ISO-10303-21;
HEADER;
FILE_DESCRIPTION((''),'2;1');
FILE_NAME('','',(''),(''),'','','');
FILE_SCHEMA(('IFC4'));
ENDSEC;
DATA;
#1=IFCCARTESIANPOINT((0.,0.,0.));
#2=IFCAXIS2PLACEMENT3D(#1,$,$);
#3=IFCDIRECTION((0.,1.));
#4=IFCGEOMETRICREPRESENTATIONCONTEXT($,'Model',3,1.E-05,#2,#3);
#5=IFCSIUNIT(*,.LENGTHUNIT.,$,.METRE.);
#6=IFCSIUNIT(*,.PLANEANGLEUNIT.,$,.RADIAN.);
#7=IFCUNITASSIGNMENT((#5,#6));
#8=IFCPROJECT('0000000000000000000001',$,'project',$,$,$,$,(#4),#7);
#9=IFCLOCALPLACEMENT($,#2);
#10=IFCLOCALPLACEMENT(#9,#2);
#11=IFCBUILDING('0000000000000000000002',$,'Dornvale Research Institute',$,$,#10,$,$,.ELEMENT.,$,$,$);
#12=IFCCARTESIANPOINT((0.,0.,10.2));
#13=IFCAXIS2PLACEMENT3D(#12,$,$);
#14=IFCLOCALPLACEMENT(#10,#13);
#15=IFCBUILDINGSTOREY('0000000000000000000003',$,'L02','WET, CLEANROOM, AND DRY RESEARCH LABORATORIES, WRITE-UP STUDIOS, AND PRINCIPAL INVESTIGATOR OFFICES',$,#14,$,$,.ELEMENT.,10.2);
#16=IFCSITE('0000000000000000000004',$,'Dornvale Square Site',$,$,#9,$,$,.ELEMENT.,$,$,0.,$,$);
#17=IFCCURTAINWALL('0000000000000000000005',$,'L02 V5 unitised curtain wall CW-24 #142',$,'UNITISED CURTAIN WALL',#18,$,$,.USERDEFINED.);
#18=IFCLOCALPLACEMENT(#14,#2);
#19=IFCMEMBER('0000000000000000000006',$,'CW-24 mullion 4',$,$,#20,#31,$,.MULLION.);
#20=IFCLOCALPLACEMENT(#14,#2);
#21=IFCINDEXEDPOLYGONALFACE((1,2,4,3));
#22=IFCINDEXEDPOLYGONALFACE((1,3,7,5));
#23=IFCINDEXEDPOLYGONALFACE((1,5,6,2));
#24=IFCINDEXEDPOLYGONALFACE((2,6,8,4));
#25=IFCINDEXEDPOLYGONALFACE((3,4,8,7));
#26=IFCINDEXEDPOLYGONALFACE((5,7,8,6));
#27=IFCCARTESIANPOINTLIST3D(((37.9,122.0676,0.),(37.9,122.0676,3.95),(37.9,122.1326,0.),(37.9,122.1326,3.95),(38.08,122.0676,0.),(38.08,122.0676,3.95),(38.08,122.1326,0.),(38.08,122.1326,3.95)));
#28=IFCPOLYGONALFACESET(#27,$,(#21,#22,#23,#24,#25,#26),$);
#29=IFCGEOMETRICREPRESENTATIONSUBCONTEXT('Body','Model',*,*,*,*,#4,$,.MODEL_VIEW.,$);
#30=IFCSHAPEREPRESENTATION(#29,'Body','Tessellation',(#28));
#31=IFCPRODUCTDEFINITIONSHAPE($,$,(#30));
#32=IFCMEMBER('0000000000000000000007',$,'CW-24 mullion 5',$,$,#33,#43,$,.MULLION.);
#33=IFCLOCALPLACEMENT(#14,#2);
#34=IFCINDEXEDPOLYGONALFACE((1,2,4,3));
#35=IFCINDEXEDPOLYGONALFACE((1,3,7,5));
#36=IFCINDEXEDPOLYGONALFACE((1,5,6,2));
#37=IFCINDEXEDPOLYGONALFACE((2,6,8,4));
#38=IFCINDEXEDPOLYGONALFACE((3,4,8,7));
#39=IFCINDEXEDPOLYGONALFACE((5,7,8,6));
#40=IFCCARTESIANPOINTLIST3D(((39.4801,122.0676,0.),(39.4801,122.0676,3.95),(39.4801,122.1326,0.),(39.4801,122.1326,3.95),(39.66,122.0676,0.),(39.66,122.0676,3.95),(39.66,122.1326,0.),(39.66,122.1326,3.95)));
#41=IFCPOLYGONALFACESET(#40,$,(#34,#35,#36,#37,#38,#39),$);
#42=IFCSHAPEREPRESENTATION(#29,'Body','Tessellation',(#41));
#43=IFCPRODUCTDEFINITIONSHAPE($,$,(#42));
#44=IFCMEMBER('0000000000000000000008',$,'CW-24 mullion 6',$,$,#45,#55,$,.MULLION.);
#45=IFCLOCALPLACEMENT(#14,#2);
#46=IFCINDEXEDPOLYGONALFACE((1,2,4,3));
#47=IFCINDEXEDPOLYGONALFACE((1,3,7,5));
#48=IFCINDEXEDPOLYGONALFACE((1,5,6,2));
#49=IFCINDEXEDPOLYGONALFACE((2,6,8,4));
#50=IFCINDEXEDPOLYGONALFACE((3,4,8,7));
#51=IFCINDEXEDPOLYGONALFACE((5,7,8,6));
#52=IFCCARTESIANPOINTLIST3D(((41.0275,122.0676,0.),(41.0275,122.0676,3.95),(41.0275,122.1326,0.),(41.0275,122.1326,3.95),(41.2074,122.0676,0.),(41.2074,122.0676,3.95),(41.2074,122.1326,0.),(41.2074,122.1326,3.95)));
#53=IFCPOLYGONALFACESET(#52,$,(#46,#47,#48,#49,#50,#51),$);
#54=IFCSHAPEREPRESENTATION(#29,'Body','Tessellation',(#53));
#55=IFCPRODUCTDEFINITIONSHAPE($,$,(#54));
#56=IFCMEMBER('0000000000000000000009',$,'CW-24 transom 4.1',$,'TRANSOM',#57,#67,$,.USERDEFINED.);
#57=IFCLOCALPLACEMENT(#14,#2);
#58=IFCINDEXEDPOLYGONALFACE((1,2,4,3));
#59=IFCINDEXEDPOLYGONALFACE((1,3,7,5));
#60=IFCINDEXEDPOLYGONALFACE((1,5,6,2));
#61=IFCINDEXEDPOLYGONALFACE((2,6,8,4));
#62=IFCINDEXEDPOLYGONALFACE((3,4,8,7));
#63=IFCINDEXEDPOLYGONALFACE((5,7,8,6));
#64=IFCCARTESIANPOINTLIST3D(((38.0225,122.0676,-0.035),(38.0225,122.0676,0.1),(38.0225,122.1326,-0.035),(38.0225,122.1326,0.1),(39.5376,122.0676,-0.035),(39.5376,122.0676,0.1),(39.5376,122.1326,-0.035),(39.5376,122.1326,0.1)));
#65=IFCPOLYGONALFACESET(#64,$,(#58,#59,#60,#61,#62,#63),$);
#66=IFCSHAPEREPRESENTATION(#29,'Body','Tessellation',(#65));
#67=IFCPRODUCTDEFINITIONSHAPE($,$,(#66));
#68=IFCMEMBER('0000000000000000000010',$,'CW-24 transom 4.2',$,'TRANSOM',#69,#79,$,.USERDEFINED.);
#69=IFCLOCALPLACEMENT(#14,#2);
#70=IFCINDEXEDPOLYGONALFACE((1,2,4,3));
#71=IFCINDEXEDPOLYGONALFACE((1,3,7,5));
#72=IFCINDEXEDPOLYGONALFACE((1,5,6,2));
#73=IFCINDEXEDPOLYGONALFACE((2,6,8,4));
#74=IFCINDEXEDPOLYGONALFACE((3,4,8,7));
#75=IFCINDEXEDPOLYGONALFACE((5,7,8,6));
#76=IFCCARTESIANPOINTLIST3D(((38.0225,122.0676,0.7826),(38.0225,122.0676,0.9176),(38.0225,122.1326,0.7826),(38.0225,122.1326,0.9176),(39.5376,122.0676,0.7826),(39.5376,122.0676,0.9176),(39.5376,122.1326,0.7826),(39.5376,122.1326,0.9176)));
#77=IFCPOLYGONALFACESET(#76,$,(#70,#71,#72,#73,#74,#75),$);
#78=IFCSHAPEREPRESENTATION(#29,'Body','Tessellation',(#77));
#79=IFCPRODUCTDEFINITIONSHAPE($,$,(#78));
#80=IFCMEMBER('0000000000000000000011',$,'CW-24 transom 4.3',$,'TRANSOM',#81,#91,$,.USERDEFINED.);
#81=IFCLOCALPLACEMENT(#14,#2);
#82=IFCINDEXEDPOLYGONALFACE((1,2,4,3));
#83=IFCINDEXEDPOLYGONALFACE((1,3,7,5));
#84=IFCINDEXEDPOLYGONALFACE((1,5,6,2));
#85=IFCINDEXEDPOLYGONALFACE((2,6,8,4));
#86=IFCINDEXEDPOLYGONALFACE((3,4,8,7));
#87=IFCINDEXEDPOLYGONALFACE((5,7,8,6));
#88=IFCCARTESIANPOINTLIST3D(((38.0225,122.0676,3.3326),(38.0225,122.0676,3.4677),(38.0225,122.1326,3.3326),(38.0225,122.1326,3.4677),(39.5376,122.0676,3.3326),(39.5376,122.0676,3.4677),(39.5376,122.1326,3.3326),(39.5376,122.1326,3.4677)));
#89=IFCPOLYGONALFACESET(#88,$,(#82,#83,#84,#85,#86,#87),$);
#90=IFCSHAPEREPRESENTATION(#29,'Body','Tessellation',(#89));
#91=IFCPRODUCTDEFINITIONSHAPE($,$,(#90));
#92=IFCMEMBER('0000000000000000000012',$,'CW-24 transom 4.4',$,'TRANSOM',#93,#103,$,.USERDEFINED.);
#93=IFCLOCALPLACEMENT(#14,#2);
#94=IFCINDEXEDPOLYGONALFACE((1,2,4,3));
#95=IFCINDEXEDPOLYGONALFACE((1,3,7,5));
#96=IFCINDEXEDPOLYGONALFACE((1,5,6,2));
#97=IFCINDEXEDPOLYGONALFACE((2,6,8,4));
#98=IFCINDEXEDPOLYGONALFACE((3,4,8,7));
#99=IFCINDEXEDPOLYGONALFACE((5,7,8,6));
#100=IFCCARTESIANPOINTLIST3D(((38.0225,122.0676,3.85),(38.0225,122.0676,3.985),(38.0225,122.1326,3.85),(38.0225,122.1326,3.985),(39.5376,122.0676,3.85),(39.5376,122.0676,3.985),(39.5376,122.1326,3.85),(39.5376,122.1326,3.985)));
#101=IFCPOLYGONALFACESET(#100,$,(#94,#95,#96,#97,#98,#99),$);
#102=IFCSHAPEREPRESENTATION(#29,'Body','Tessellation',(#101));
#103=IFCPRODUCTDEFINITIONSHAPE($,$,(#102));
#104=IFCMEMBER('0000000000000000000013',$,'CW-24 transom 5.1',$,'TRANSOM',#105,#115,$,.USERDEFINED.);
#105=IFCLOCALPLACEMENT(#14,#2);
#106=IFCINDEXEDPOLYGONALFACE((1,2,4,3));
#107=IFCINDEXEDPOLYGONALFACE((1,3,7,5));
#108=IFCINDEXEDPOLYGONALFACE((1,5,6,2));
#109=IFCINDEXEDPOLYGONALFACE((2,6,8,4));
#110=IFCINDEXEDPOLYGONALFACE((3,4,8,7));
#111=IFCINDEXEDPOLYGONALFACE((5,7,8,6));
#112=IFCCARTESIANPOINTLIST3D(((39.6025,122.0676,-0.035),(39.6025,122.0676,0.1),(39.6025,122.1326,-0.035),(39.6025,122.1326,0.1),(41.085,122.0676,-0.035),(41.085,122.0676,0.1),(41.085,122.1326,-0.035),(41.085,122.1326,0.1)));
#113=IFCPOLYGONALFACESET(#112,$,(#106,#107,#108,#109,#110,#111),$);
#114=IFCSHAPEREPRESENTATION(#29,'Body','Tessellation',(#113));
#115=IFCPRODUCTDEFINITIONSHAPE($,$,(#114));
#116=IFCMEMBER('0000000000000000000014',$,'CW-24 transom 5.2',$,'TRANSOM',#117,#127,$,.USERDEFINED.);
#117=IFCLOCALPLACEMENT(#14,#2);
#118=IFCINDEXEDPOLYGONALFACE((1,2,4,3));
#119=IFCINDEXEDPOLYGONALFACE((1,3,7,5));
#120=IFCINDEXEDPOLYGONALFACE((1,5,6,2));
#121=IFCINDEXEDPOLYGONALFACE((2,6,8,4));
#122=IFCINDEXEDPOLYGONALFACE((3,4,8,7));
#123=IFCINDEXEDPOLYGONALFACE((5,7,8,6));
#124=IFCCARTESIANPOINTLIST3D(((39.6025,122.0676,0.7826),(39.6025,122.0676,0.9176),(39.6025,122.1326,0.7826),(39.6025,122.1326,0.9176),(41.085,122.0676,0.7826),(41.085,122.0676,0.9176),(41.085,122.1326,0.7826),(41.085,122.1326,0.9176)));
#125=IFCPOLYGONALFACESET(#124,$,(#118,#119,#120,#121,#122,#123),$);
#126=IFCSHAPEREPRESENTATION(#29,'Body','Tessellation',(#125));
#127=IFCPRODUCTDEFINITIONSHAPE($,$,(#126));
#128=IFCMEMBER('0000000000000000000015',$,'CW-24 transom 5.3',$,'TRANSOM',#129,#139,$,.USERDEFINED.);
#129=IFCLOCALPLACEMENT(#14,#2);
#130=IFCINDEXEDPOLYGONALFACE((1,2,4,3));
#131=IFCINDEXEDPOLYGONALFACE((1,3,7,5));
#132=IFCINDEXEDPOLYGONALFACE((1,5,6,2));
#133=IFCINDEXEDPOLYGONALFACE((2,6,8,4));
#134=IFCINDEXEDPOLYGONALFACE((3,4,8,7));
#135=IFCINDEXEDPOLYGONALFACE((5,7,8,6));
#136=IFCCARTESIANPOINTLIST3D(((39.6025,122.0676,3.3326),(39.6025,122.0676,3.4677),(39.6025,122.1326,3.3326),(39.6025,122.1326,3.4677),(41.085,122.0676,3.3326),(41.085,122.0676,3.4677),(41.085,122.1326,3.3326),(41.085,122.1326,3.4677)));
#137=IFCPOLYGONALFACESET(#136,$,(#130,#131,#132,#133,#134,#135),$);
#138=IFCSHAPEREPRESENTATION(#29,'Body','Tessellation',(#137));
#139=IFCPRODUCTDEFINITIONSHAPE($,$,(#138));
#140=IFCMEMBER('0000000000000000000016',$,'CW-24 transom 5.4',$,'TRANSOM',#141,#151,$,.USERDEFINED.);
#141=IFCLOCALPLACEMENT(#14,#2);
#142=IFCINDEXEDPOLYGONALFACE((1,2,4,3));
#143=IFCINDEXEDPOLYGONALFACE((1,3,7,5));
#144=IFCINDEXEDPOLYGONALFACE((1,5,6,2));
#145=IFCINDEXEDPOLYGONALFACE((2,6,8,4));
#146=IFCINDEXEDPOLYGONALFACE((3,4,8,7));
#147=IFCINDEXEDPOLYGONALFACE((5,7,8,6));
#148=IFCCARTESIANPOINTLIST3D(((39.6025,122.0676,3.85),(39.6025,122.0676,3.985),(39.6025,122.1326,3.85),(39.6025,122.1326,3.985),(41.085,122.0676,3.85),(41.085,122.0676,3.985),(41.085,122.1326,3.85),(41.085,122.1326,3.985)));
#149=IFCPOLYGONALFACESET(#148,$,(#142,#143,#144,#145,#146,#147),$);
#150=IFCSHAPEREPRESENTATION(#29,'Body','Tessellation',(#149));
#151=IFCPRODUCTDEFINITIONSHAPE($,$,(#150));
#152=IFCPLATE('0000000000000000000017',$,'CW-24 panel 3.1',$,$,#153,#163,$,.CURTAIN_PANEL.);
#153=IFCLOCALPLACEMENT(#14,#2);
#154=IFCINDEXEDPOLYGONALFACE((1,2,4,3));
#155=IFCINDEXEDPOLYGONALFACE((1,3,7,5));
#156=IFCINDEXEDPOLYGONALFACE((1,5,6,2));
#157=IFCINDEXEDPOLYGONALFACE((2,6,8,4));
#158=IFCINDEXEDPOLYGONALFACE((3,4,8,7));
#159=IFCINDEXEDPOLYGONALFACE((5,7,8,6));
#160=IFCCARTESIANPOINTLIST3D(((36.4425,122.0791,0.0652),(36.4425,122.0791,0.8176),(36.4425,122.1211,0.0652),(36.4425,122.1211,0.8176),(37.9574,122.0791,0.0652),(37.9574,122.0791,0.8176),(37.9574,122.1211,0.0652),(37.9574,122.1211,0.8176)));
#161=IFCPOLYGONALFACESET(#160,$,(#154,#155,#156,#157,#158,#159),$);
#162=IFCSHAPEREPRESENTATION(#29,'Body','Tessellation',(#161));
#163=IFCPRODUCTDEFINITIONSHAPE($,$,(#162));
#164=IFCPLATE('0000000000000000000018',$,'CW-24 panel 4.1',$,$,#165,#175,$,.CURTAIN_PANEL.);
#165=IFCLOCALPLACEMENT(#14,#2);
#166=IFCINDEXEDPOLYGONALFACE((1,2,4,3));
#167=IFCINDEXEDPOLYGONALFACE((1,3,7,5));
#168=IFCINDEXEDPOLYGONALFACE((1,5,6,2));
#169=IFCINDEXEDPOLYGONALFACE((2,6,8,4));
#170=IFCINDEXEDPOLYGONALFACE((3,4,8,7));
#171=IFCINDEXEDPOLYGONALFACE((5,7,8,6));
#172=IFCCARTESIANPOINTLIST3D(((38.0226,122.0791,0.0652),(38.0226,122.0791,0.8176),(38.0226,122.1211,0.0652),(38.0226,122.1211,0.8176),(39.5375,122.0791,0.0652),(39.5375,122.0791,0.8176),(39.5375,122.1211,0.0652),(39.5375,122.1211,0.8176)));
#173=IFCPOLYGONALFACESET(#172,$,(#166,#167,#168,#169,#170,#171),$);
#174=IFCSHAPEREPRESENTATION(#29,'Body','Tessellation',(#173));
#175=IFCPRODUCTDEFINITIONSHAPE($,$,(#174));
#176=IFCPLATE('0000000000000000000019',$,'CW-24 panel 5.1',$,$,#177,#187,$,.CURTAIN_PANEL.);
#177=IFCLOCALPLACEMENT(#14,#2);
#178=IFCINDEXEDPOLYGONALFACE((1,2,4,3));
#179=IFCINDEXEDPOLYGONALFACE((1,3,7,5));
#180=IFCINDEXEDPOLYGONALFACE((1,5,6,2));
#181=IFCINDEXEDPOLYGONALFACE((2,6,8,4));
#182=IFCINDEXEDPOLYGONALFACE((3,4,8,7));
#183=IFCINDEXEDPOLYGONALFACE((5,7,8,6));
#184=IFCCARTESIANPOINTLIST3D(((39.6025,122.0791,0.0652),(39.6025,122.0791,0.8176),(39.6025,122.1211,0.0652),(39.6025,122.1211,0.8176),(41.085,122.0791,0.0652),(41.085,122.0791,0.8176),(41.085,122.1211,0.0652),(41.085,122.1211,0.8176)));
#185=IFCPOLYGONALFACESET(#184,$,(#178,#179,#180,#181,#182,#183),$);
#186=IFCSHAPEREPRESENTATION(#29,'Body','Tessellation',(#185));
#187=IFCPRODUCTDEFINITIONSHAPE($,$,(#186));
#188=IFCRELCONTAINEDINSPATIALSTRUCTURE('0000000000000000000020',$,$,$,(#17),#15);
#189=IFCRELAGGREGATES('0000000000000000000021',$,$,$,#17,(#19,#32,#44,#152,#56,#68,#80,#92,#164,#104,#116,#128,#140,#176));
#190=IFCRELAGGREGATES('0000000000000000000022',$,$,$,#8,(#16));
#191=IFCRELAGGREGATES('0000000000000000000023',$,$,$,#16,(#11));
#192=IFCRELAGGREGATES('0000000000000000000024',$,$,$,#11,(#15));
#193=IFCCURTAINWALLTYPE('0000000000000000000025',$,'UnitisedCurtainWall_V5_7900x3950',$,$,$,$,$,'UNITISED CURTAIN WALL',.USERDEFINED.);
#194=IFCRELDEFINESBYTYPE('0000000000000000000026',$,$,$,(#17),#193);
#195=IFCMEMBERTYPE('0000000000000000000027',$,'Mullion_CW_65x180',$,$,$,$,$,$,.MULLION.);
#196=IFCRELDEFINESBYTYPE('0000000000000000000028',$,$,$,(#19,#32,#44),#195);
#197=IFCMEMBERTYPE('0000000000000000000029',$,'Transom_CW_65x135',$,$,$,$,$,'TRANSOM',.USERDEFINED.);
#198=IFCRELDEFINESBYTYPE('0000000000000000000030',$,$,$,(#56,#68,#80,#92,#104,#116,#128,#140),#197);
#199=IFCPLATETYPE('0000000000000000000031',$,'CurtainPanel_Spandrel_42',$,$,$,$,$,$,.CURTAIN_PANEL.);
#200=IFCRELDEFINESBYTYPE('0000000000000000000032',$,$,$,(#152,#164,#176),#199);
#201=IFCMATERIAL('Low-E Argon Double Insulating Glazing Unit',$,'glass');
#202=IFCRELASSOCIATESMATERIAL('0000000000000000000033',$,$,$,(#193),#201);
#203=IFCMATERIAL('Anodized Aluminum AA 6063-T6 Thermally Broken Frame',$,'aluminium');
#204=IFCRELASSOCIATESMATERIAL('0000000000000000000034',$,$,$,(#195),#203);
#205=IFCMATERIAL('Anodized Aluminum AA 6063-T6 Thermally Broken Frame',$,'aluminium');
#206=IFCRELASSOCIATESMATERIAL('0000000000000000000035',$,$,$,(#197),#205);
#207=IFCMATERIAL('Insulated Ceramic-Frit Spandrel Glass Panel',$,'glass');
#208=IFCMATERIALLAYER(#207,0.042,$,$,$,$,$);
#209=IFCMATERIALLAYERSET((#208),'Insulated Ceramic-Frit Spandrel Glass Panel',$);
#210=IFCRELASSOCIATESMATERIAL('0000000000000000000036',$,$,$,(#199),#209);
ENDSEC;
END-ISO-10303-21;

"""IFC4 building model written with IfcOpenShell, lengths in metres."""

from ifc_helpers import new_model, si_unit, direction, frame, origin, origin_2d, place, context, subcontext, project, spatial, rectangle, extrude, material, layer, layer_set, material_profile, profile_set, type_object, element, aggregate, save


model = new_model("IFC4")

# Units and contexts
model_context = context("Model", 3, precision=1e-05, world=origin(), true_north=direction((0.0, 1.0)))
body_context = subcontext(model_context, "Body", "Model", "MODEL_VIEW")
ifc_project = project(units=[si_unit("LENGTHUNIT", "METRE"), si_unit("PLANEANGLEUNIT", "RADIAN")], contexts=[model_context])

# Site, building, storey
site_placement = place(None, origin())
site = spatial("IfcSite", under=ifc_project, at=site_placement, Name="Dornvale Square Site", CompositionType="ELEMENT", RefElevation=0.0)
building_placement = place(site_placement, origin())
building = spatial("IfcBuilding", under=site, at=building_placement, Name="Dornvale Research Institute", CompositionType="ELEMENT")
storey_placement = place(building_placement, frame((0.0, 0.0, 10.2)))
storey = spatial("IfcBuildingStorey", under=building, at=storey_placement, Name="L02", Description="WET, CLEANROOM, AND DRY RESEARCH LABORATORIES, WRITE-UP STUDIOS, AND PRINCIPAL INVESTIGATOR OFFICES", CompositionType="ELEMENT", Elevation=10.2)

# Curtain wall, members, plates
ifc_material_1 = material(Name="Low-E Argon Double Insulating Glazing Unit", Category="glass")
curtain_wall_type = type_object("IfcCurtainWallType", Name="UnitisedCurtainWall_V5_7900x3950", ElementType="UNITISED CURTAIN WALL", PredefinedType="USERDEFINED", material=ifc_material_1)
curtain_wall_placement = place(storey_placement, origin())
curtain_wall = element("IfcCurtainWall", 1, at=curtain_wall_placement, inside=storey, type_object=curtain_wall_type, Name="L02 V5 unitised curtain wall CW-24 #142", ObjectType="UNITISED CURTAIN WALL", PredefinedType="USERDEFINED")
ifc_material_2 = material(Name="Anodized Aluminum AA 6063-T6 Thermally Broken Frame", Category="aluminium")
ifc_material_profile_1 = material_profile(ifc_material_2, rectangle(XDim=0.0649, YDim=0.1799, at=origin_2d()), Name="ALU MULLION 65x180")
ifc_profile_set_1 = profile_set([ifc_material_profile_1], Name="Anodized Aluminum AA 6063-T6 Thermally Broken Frame")
member_type_1 = type_object("IfcMemberType", Name="Mullion_CW_65x180", PredefinedType="MULLION", material=ifc_profile_set_1)
member_1_placement = place(storey_placement, frame((37.99, 122.1001, 0.0), z_axis=(0.0, 0.0, 1.0), x_axis=(0.0, 1.0, 0.0)))
member_1 = element("IfcMember", 2, at=member_1_placement, type_object=member_type_1, Name="CW-24 mullion 4", PredefinedType="MULLION", context=body_context, shape_type="SweptSolid", body=[
    extrude(rectangle(XDim=0.0649, YDim=0.1799, at=origin_2d()), origin(), (0.0, 0.0, 1.0), 3.95),
])
member_2_placement = place(storey_placement, frame((39.5701, 122.1001, 0.0), z_axis=(0.0, 0.0, 1.0), x_axis=(0.0, 1.0, 0.0)))
member_2 = element("IfcMember", 3, at=member_2_placement, type_object=member_type_1, Name="CW-24 mullion 5", PredefinedType="MULLION", context=body_context, shape_type="SweptSolid", body=[
    extrude(rectangle(XDim=0.0649, YDim=0.1799, at=origin_2d()), origin(), (0.0, 0.0, 1.0), 3.95),
])
member_3_placement = place(storey_placement, frame((41.1174, 122.1001, 0.0), z_axis=(0.0, 0.0, 1.0), x_axis=(0.0, 1.0, 0.0)))
member_3 = element("IfcMember", 4, at=member_3_placement, type_object=member_type_1, Name="CW-24 mullion 6", PredefinedType="MULLION", context=body_context, shape_type="SweptSolid", body=[
    extrude(rectangle(XDim=0.0649, YDim=0.1799, at=origin_2d()), origin(), (0.0, 0.0, 1.0), 3.95),
])
ifc_material_3 = material(Name="Anodized Aluminum AA 6063-T6 Thermally Broken Frame", Category="aluminium")
ifc_material_profile_2 = material_profile(ifc_material_3, rectangle(XDim=0.0649, YDim=0.135, at=origin_2d()), Name="ALU TRANSOM 65x135")
ifc_profile_set_2 = profile_set([ifc_material_profile_2], Name="Anodized Aluminum AA 6063-T6 Thermally Broken Frame")
member_type_2 = type_object("IfcMemberType", Name="Transom_CW_65x135", ElementType="TRANSOM", PredefinedType="USERDEFINED", material=ifc_profile_set_2)
member_4_placement = place(storey_placement, frame((38.0225, 122.1001, 0.0325), z_axis=(1.0, 0.0, 0.0), x_axis=(0.0, 1.0, 0.0)))
member_4 = element("IfcMember", 5, at=member_4_placement, type_object=member_type_2, Name="CW-24 transom 4.1", ObjectType="TRANSOM", PredefinedType="USERDEFINED", context=body_context, shape_type="SweptSolid", body=[
    extrude(rectangle(XDim=0.0649, YDim=0.135, at=origin_2d()), origin(), (0.0, 0.0, 1.0), 1.5151),
])
member_5_placement = place(storey_placement, frame((38.0225, 122.1001, 0.8501), z_axis=(1.0, 0.0, 0.0), x_axis=(0.0, 1.0, 0.0)))
member_5 = element("IfcMember", 6, at=member_5_placement, type_object=member_type_2, Name="CW-24 transom 4.2", ObjectType="TRANSOM", PredefinedType="USERDEFINED", context=body_context, shape_type="SweptSolid", body=[
    extrude(rectangle(XDim=0.0649, YDim=0.135, at=origin_2d()), origin(), (0.0, 0.0, 1.0), 1.5151),
])
member_6_placement = place(storey_placement, frame((38.0225, 122.1001, 3.4001), z_axis=(1.0, 0.0, 0.0), x_axis=(0.0, 1.0, 0.0)))
member_6 = element("IfcMember", 7, at=member_6_placement, type_object=member_type_2, Name="CW-24 transom 4.3", ObjectType="TRANSOM", PredefinedType="USERDEFINED", context=body_context, shape_type="SweptSolid", body=[
    extrude(rectangle(XDim=0.0649, YDim=0.135, at=origin_2d()), origin(), (0.0, 0.0, 1.0), 1.5151),
])
member_7_placement = place(storey_placement, frame((38.0225, 122.1001, 3.9175), z_axis=(1.0, 0.0, 0.0), x_axis=(0.0, 1.0, 0.0)))
member_7 = element("IfcMember", 8, at=member_7_placement, type_object=member_type_2, Name="CW-24 transom 4.4", ObjectType="TRANSOM", PredefinedType="USERDEFINED", context=body_context, shape_type="SweptSolid", body=[
    extrude(rectangle(XDim=0.0649, YDim=0.135, at=origin_2d()), origin(), (0.0, 0.0, 1.0), 1.5151),
])
member_8_placement = place(storey_placement, frame((39.6025, 122.1001, 0.0325), z_axis=(1.0, 0.0, 0.0), x_axis=(0.0, 1.0, 0.0)))
member_8 = element("IfcMember", 9, at=member_8_placement, type_object=member_type_2, Name="CW-24 transom 5.1", ObjectType="TRANSOM", PredefinedType="USERDEFINED", context=body_context, shape_type="SweptSolid", body=[
    extrude(rectangle(XDim=0.0649, YDim=0.135, at=origin_2d()), origin(), (0.0, 0.0, 1.0), 1.4824),
])
member_9_placement = place(storey_placement, frame((39.6025, 122.1001, 0.8501), z_axis=(1.0, 0.0, 0.0), x_axis=(0.0, 1.0, 0.0)))
member_9 = element("IfcMember", 10, at=member_9_placement, type_object=member_type_2, Name="CW-24 transom 5.2", ObjectType="TRANSOM", PredefinedType="USERDEFINED", context=body_context, shape_type="SweptSolid", body=[
    extrude(rectangle(XDim=0.0649, YDim=0.135, at=origin_2d()), origin(), (0.0, 0.0, 1.0), 1.4824),
])
member_10_placement = place(storey_placement, frame((39.6025, 122.1001, 3.4001), z_axis=(1.0, 0.0, 0.0), x_axis=(0.0, 1.0, 0.0)))
member_10 = element("IfcMember", 11, at=member_10_placement, type_object=member_type_2, Name="CW-24 transom 5.3", ObjectType="TRANSOM", PredefinedType="USERDEFINED", context=body_context, shape_type="SweptSolid", body=[
    extrude(rectangle(XDim=0.0649, YDim=0.135, at=origin_2d()), origin(), (0.0, 0.0, 1.0), 1.4824),
])
member_11_placement = place(storey_placement, frame((39.6025, 122.1001, 3.9175), z_axis=(1.0, 0.0, 0.0), x_axis=(0.0, 1.0, 0.0)))
member_11 = element("IfcMember", 12, at=member_11_placement, type_object=member_type_2, Name="CW-24 transom 5.4", ObjectType="TRANSOM", PredefinedType="USERDEFINED", context=body_context, shape_type="SweptSolid", body=[
    extrude(rectangle(XDim=0.0649, YDim=0.135, at=origin_2d()), origin(), (0.0, 0.0, 1.0), 1.4824),
])
ifc_material_4 = material(Name="Insulated Ceramic-Frit Spandrel Glass Panel", Category="glass")
ifc_layer_1 = layer(ifc_material_4, 0.042)
ifc_layer_set_1 = layer_set([ifc_layer_1], Name="Insulated Ceramic-Frit Spandrel Glass Panel")
plate_type_1 = type_object("IfcPlateType", Name="CurtainPanel_Spandrel_42", PredefinedType="CURTAIN_PANEL", material=ifc_layer_set_1)
plate_1_placement = place(storey_placement, frame((37.2, 122.1001, 0.0652), z_axis=(0.0, 0.0, 1.0), x_axis=(1.0, 0.0, 0.0)))
plate_1 = element("IfcPlate", 13, at=plate_1_placement, type_object=plate_type_1, Name="CW-24 panel 3.1", PredefinedType="CURTAIN_PANEL", context=body_context, shape_type="SweptSolid", body=[
    extrude(rectangle(XDim=1.5149, YDim=0.042, at=origin_2d()), origin(), (0.0, 0.0, 1.0), 0.7524),
])
plate_2_placement = place(storey_placement, frame((38.78, 122.1001, 0.0652), z_axis=(0.0, 0.0, 1.0), x_axis=(1.0, 0.0, 0.0)))
plate_2 = element("IfcPlate", 14, at=plate_2_placement, type_object=plate_type_1, Name="CW-24 panel 4.1", PredefinedType="CURTAIN_PANEL", context=body_context, shape_type="SweptSolid", body=[
    extrude(rectangle(XDim=1.5149, YDim=0.042, at=origin_2d()), origin(), (0.0, 0.0, 1.0), 0.7524),
])
plate_3_placement = place(storey_placement, frame((40.3438, 122.1001, 0.0652), z_axis=(0.0, 0.0, 1.0), x_axis=(1.0, 0.0, 0.0)))
plate_3 = element("IfcPlate", 15, at=plate_3_placement, type_object=plate_type_1, Name="CW-24 panel 5.1", PredefinedType="CURTAIN_PANEL", context=body_context, shape_type="SweptSolid", body=[
    extrude(rectangle(XDim=1.4824, YDim=0.042, at=origin_2d()), origin(), (0.0, 0.0, 1.0), 0.7524),
])
aggregate(curtain_wall, [member_1, member_2, member_3, plate_1, member_4, member_5, member_6, member_7, plate_2, member_8, member_9, member_10, member_11, plate_3])

save(model, "model.ifc")
